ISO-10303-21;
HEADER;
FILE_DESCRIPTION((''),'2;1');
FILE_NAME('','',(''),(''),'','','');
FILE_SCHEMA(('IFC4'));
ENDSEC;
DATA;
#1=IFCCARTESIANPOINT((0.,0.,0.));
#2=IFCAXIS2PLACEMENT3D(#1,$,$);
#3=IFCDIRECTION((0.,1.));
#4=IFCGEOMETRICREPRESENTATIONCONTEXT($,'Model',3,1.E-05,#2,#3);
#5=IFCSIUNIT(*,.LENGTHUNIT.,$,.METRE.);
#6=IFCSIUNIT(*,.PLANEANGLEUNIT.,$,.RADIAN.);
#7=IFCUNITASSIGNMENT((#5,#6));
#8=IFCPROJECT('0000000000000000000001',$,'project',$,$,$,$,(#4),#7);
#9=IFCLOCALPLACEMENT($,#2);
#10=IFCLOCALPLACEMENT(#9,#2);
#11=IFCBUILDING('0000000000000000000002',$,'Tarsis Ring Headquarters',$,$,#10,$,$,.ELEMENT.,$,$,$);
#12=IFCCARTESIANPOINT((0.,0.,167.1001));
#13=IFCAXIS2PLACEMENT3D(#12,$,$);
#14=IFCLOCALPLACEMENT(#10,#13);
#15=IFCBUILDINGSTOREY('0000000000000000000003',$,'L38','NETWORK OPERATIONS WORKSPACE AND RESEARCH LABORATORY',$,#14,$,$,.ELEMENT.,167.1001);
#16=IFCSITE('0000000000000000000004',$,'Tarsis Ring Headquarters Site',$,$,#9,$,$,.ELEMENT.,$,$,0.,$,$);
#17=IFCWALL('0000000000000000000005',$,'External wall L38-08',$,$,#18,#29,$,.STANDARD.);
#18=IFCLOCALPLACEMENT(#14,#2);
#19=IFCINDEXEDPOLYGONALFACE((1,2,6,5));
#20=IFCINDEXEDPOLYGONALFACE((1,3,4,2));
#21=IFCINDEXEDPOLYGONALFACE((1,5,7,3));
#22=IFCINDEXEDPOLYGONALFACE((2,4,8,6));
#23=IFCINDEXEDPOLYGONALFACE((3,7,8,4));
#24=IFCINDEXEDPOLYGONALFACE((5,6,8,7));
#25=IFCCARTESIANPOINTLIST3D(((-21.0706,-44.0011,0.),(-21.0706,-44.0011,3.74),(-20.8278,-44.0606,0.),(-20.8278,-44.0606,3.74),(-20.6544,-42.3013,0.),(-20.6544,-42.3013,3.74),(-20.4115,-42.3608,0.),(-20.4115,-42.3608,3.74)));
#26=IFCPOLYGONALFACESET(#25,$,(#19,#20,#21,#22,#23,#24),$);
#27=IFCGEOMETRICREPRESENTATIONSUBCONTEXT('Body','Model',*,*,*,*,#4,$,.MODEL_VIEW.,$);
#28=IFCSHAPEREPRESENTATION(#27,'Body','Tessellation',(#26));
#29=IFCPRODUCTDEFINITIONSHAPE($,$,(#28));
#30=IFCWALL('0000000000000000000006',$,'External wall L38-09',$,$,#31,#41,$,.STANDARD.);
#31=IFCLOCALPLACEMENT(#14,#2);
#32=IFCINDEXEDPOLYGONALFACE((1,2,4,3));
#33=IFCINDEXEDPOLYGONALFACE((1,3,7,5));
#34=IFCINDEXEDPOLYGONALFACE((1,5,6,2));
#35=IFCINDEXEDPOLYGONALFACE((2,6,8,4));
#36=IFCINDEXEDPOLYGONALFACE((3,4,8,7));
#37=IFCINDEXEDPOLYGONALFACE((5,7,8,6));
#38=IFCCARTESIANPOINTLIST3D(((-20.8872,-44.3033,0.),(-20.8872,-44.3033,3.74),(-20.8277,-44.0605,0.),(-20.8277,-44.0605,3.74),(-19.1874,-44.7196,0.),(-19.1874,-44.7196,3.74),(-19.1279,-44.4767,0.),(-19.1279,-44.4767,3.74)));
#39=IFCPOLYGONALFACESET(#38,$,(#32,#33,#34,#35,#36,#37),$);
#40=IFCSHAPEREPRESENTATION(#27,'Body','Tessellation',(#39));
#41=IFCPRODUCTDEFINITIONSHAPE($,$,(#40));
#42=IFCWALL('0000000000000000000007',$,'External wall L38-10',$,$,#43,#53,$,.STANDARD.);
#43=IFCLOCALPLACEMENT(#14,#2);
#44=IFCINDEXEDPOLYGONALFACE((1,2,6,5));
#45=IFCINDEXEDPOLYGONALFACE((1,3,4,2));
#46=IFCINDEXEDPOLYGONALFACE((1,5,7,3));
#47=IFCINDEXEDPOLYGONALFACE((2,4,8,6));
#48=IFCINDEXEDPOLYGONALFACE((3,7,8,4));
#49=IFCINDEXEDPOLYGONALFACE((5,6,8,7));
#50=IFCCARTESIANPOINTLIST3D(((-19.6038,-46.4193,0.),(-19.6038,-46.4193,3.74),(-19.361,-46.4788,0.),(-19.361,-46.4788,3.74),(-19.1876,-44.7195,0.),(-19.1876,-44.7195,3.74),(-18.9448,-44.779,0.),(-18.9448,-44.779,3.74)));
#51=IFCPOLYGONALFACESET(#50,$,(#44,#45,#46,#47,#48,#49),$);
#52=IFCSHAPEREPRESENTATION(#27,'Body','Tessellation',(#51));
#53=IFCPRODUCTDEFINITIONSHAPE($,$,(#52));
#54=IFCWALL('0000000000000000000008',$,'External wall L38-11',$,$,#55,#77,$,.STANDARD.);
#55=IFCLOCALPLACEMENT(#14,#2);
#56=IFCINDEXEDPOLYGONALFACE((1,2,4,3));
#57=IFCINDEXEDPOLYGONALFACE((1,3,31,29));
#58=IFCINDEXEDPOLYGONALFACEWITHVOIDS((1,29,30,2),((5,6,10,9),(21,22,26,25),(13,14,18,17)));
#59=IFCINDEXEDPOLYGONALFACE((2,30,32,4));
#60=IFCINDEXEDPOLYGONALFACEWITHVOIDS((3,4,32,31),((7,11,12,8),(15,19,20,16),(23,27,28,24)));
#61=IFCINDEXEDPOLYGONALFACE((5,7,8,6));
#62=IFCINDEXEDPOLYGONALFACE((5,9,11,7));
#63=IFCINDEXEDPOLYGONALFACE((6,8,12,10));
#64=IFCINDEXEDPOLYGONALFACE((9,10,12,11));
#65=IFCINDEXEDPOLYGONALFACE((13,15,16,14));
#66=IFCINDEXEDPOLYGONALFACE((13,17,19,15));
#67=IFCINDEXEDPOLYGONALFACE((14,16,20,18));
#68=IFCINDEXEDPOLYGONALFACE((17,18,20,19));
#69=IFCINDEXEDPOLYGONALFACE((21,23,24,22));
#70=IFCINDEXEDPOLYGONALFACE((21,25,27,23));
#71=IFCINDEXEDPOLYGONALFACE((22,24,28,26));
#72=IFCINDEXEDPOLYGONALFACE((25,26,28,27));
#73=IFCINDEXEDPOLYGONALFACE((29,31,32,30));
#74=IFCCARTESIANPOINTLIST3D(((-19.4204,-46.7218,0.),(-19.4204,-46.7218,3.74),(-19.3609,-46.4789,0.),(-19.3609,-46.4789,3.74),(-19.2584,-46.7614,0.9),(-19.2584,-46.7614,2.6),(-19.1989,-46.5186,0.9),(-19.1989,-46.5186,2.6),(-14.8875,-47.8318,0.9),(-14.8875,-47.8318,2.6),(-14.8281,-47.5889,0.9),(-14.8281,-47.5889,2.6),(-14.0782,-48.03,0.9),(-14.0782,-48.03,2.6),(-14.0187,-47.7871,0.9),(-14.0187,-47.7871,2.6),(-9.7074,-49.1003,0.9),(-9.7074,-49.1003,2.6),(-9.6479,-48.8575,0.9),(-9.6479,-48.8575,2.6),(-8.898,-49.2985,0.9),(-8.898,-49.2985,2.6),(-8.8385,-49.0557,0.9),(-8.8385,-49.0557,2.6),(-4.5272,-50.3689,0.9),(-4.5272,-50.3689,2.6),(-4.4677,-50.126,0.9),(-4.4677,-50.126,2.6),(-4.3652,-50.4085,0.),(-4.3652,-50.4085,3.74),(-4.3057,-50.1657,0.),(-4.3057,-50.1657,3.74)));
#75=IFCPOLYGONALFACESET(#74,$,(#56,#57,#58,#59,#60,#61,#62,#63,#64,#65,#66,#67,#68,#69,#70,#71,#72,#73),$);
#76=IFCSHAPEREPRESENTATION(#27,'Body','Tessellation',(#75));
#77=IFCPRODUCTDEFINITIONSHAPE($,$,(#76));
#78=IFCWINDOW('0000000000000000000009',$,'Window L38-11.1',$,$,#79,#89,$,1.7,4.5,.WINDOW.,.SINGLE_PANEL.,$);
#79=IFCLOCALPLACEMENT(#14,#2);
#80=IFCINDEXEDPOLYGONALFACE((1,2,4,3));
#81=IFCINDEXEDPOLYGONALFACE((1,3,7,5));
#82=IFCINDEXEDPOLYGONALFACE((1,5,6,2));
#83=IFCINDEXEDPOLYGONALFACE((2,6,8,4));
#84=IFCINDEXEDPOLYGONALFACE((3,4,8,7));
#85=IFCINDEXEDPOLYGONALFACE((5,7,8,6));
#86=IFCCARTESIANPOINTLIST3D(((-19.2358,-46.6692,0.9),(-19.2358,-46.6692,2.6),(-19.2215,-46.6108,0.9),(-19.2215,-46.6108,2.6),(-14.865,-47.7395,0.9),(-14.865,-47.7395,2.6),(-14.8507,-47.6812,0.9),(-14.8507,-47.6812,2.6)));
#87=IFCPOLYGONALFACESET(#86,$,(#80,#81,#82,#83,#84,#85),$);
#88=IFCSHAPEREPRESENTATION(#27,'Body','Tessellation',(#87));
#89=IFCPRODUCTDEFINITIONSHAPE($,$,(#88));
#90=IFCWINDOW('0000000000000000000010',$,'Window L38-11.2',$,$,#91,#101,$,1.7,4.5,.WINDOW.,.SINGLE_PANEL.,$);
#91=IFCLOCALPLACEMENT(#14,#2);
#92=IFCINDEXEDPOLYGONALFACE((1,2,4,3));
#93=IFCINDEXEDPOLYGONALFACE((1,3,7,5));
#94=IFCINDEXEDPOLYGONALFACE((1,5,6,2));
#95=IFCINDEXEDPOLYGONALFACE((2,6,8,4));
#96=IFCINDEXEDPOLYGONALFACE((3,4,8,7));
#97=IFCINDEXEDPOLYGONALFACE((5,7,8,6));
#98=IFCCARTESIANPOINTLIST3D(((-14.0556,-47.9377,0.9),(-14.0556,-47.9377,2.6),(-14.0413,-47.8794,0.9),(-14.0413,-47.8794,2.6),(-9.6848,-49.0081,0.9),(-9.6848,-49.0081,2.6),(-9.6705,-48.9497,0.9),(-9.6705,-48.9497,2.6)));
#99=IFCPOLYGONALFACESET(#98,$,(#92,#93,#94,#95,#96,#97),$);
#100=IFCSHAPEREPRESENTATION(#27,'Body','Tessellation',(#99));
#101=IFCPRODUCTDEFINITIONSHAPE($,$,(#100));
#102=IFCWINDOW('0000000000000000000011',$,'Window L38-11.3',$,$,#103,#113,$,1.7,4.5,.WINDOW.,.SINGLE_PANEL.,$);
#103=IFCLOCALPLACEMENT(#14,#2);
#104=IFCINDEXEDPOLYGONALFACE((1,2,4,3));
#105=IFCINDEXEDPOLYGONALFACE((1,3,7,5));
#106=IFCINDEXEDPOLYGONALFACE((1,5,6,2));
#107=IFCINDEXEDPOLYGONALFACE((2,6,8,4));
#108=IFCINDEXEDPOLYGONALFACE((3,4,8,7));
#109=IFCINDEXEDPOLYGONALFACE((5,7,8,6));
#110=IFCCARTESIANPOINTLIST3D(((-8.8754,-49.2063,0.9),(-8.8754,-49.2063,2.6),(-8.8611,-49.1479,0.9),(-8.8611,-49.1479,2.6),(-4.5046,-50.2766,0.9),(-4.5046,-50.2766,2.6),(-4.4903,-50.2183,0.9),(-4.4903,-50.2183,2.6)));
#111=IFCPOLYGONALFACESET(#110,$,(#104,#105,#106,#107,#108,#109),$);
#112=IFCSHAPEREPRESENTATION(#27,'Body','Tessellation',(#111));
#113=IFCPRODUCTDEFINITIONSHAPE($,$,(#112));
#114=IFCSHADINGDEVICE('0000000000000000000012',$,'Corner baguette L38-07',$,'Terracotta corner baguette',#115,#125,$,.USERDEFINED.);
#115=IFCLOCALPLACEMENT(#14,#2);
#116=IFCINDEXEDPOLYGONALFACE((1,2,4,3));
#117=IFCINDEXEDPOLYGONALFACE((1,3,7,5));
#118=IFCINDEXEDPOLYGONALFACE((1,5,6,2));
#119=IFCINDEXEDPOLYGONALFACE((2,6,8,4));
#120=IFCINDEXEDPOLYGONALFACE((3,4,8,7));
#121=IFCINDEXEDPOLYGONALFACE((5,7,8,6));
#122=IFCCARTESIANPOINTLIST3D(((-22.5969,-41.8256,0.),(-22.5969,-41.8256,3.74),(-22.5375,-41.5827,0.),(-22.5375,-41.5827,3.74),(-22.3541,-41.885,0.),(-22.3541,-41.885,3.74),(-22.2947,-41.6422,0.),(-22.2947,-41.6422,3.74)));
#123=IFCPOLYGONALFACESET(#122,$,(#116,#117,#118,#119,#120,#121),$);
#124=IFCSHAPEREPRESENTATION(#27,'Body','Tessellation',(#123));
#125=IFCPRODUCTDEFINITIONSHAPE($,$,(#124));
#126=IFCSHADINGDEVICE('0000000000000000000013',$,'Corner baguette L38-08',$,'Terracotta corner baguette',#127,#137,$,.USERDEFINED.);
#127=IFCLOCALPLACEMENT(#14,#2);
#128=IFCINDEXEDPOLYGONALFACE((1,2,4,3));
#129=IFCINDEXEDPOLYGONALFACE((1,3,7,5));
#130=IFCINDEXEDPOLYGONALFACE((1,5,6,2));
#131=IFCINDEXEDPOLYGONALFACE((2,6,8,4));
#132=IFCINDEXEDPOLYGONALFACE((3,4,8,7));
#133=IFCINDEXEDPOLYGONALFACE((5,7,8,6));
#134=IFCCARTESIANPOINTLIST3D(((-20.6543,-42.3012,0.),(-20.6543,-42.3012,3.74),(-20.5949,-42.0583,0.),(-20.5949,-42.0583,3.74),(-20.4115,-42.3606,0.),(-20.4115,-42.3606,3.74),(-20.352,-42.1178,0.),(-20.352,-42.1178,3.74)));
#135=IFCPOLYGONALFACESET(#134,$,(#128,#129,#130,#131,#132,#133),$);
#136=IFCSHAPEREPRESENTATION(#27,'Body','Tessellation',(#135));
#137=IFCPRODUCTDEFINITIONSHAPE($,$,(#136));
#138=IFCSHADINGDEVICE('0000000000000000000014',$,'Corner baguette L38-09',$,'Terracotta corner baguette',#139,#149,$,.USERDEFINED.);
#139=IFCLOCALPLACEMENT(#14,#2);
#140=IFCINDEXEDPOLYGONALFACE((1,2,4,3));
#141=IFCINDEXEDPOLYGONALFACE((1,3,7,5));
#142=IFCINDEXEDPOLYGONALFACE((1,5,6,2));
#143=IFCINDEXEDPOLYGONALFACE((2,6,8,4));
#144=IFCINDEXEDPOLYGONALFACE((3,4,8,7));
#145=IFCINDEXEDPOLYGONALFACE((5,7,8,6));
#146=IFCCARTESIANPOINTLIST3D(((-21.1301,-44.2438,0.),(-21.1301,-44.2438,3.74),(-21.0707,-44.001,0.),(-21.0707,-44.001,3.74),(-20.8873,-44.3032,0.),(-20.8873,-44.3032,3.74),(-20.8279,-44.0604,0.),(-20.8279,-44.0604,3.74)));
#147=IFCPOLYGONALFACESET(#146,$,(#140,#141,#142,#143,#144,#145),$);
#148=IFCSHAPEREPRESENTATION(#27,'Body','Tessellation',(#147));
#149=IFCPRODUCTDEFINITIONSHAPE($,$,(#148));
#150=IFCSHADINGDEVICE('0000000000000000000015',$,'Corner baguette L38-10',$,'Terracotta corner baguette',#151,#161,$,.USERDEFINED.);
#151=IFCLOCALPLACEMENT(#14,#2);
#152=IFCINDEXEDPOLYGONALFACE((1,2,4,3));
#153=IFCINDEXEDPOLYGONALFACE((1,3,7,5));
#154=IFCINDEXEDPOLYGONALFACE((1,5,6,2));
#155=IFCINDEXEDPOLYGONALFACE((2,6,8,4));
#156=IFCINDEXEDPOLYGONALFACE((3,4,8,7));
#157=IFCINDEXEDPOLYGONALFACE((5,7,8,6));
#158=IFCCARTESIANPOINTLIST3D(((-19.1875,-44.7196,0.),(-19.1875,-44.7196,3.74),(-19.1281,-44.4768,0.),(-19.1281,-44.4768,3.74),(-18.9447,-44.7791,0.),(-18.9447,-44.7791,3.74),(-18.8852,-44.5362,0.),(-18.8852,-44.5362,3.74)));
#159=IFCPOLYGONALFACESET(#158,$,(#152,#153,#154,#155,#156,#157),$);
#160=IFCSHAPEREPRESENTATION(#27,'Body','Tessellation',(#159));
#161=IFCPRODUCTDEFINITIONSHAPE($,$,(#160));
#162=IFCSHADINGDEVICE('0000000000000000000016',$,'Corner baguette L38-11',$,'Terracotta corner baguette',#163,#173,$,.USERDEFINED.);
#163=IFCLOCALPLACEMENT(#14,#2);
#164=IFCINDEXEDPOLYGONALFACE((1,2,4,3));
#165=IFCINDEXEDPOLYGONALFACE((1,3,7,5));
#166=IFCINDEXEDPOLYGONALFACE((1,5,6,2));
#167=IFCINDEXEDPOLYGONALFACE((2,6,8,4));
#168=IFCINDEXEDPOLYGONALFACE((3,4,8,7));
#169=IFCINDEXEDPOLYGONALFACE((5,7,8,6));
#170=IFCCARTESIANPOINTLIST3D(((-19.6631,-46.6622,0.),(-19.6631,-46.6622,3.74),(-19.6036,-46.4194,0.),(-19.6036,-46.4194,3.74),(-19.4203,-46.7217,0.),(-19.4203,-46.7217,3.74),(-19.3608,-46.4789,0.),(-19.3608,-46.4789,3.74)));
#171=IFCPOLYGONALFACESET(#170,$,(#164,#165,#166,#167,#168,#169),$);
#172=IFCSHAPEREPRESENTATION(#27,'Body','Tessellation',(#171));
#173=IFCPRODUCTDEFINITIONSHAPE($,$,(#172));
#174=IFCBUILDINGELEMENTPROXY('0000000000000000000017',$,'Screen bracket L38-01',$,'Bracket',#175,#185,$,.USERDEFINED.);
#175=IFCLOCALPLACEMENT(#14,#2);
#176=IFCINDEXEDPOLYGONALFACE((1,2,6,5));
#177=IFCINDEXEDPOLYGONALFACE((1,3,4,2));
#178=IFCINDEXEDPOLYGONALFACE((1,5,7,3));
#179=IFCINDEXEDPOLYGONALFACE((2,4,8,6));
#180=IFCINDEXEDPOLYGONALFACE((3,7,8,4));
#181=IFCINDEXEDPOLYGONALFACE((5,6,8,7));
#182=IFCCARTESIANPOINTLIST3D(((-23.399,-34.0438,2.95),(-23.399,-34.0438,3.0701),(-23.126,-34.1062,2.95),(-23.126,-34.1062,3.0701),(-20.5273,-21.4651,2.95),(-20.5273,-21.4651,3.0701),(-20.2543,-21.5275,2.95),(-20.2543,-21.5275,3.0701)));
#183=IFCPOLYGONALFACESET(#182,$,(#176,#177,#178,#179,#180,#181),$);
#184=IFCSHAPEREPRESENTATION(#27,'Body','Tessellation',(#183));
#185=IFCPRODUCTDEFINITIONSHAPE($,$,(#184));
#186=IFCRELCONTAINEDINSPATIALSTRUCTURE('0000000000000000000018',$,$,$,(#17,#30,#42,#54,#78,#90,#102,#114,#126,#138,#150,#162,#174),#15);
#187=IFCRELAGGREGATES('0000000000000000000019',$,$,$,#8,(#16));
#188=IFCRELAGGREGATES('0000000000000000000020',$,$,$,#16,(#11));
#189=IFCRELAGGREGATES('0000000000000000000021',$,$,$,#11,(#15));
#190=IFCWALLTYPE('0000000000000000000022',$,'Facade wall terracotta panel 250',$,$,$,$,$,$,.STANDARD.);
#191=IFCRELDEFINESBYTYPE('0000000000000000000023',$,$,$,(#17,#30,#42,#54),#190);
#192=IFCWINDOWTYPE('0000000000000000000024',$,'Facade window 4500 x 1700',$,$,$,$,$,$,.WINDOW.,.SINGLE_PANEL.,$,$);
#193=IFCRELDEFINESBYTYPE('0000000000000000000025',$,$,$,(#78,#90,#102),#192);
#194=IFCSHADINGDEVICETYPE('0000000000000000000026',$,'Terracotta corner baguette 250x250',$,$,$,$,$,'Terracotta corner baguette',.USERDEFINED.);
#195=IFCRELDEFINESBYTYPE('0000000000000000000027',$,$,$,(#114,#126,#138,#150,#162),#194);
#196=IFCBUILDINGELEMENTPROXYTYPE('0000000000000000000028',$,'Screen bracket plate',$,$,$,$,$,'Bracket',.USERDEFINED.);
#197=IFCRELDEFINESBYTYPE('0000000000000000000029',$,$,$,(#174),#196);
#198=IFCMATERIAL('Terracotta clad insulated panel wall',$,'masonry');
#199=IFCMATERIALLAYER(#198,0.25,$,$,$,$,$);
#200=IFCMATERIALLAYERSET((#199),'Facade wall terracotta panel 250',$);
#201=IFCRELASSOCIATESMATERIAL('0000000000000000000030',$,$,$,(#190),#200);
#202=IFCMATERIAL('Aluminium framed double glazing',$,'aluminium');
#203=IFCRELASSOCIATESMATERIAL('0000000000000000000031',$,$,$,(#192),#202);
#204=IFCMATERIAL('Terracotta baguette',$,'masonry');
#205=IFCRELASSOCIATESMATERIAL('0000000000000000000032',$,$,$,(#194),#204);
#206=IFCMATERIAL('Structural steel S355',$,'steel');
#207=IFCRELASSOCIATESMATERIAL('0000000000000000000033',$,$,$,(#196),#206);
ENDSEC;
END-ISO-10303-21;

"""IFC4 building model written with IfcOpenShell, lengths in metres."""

from ifc_helpers import new_model, si_unit, direction, frame, frame_2d, origin, origin_2d, place, context, subcontext, project, spatial, rectangle, extrude, material, layer, layer_set, type_object, element, fill, save


model = new_model("IFC4")

# Units and contexts
model_context = context("Model", 3, precision=1e-05, world=origin(), true_north=direction((0.0, 1.0)))
body_context = subcontext(model_context, "Body", "Model", "MODEL_VIEW")
ifc_project = project(units=[si_unit("LENGTHUNIT", "METRE"), si_unit("PLANEANGLEUNIT", "RADIAN")], contexts=[model_context])

# Site, building, storey
site_placement = place(None, origin())
site = spatial("IfcSite", under=ifc_project, at=site_placement, Name="Tarsis Ring Headquarters Site", CompositionType="ELEMENT", RefElevation=0.0)
building_placement = place(site_placement, origin())
building = spatial("IfcBuilding", under=site, at=building_placement, Name="Tarsis Ring Headquarters", CompositionType="ELEMENT")
storey_placement = place(building_placement, frame((0.0, 0.0, 167.1001)))
storey = spatial("IfcBuildingStorey", under=building, at=storey_placement, Name="L38", Description="NETWORK OPERATIONS WORKSPACE AND RESEARCH LABORATORY", CompositionType="ELEMENT", Elevation=167.1001)

# Shared definitions
ifc_material_1 = material(Name="Structural steel S355", Category="steel")

# Walls
ifc_material_2 = material(Name="Terracotta clad insulated panel wall", Category="masonry")
ifc_layer_1 = layer(ifc_material_2, 0.25)
ifc_layer_set_1 = layer_set([ifc_layer_1], Name="Facade wall terracotta panel 250")
wall_type_1 = type_object("IfcWallType", Name="Facade wall terracotta panel 250", PredefinedType="STANDARD", material=ifc_layer_set_1)
for number, where, z_axis, x_axis, name in (
    (1, (-20.533, -42.3311, 0.0), (0.0, 0.0, 1.0), (-0.237871, -0.971297, 0.0), "External wall L38-08"),
    (2, (-20.8574, -44.1819, 0.0), (0.0, 0.0, 1.0), (0.971297, -0.237871, 0.0), "External wall L38-09"),
    (3, (-19.0662, -44.7493, 0.0), (0.0, 0.0, 1.0), (-0.237871, -0.971297, 0.0), "External wall L38-10"),
):
    element("IfcWall", number, at=place(storey_placement, frame(where, z_axis=z_axis, x_axis=x_axis)), inside=storey, type_object=wall_type_1, Name=name, PredefinedType="STANDARD", context=body_context, shape_type="SweptSolid", body=[
        extrude(rectangle(XDim=1.75, YDim=0.25, at=frame_2d((0.875, 0.0))), origin(), (0.0, 0.0, 1.0), 3.74),
    ])

# Wall, openings, windows
wall_1_placement = place(storey_placement, frame((-19.3906, -46.6003, 0.0), z_axis=(0.0, 0.0, 1.0), x_axis=(0.971301, -0.237856, 0.0)))
wall_1 = element("IfcWall", 4, at=wall_1_placement, inside=storey, type_object=wall_type_1, Name="External wall L38-11", PredefinedType="STANDARD", context=body_context, shape_type="SweptSolid", body=[
    extrude(rectangle(XDim=15.5, YDim=0.25, at=frame_2d((7.75, 0.0))), origin(), (0.0, 0.0, 1.0), 3.74),
])
opening_1_placement = place(wall_1_placement, frame((0.1667, 0.0, 0.8999)))
opening_1 = element("IfcOpeningElement", 5, at=opening_1_placement, cuts=wall_1, PredefinedType="OPENING", context=body_context, shape_type="SweptSolid", body=[
    extrude(rectangle(XDim=4.5, YDim=1.7, at=frame_2d((2.25, 0.8501))), frame((0.0, 0.135, 0.0), z_axis=(0.0, -1.0, 0.0), x_axis=(1.0, 0.0, 0.0)), (0.0, 0.0, 1.0), 0.27),
])
opening_2_placement = place(wall_1_placement, frame((5.5, 0.0, 0.8999)))
opening_2 = element("IfcOpeningElement", 6, at=opening_2_placement, cuts=wall_1, PredefinedType="OPENING", context=body_context, shape_type="SweptSolid", body=[
    extrude(rectangle(XDim=4.5, YDim=1.7, at=frame_2d((2.25, 0.8501))), frame((0.0, 0.135, 0.0), z_axis=(0.0, -1.0, 0.0), x_axis=(1.0, 0.0, 0.0)), (0.0, 0.0, 1.0), 0.27),
])
opening_3_placement = place(wall_1_placement, frame((10.8333, 0.0, 0.8999)))
opening_3 = element("IfcOpeningElement", 7, at=opening_3_placement, cuts=wall_1, PredefinedType="OPENING", context=body_context, shape_type="SweptSolid", body=[
    extrude(rectangle(XDim=4.5, YDim=1.7, at=frame_2d((2.25, 0.8501))), frame((0.0, 0.135, 0.0), z_axis=(0.0, -1.0, 0.0), x_axis=(1.0, 0.0, 0.0)), (0.0, 0.0, 1.0), 0.27),
])
ifc_material_3 = material(Name="Aluminium framed double glazing", Category="aluminium")
window_type = type_object("IfcWindowType", Name="Facade window 4500 x 1700", PartitioningType="SINGLE_PANEL", PredefinedType="WINDOW", material=ifc_material_3)
window_1_placement = place(opening_1_placement, origin())
window_1 = element("IfcWindow", 8, at=window_1_placement, inside=storey, type_object=window_type, Name="Window L38-11.1", OverallHeight=1.7, OverallWidth=4.5, PartitioningType="SINGLE_PANEL", PredefinedType="WINDOW", context=body_context, shape_type="SweptSolid", body=[
    extrude(rectangle(XDim=4.5, YDim=1.7, at=frame_2d((2.25, 0.8501))), frame((0.0, 0.03, 0.0), z_axis=(0.0, -1.0, 0.0), x_axis=(1.0, 0.0, 0.0)), (0.0, 0.0, 1.0), 0.0601),
])
fill(opening_1, window_1)
window_2_placement = place(opening_2_placement, origin())
window_2 = element("IfcWindow", 9, at=window_2_placement, inside=storey, type_object=window_type, Name="Window L38-11.2", OverallHeight=1.7, OverallWidth=4.5, PartitioningType="SINGLE_PANEL", PredefinedType="WINDOW", context=body_context, shape_type="SweptSolid", body=[
    extrude(rectangle(XDim=4.5, YDim=1.7, at=frame_2d((2.25, 0.8501))), frame((0.0, 0.03, 0.0), z_axis=(0.0, -1.0, 0.0), x_axis=(1.0, 0.0, 0.0)), (0.0, 0.0, 1.0), 0.0601),
])
fill(opening_2, window_2)
window_3_placement = place(opening_3_placement, origin())
window_3 = element("IfcWindow", 10, at=window_3_placement, inside=storey, type_object=window_type, Name="Window L38-11.3", OverallHeight=1.7, OverallWidth=4.5, PartitioningType="SINGLE_PANEL", PredefinedType="WINDOW", context=body_context, shape_type="SweptSolid", body=[
    extrude(rectangle(XDim=4.5, YDim=1.7, at=frame_2d((2.25, 0.8501))), frame((0.0, 0.03, 0.0), z_axis=(0.0, -1.0, 0.0), x_axis=(1.0, 0.0, 0.0)), (0.0, 0.0, 1.0), 0.0601),
])
fill(opening_3, window_3)

# Shading devices
ifc_material_4 = material(Name="Terracotta baguette", Category="masonry")
shading_device_type_1 = type_object("IfcShadingDeviceType", Name="Terracotta corner baguette 250x250", ElementType="Terracotta corner baguette", PredefinedType="USERDEFINED", material=ifc_material_4)
for number, where, z_axis, x_axis, name in (
    (11, (-22.4458, -41.7339, 0.0), (0.0, 0.0, 1.0), (-0.237855, -0.971301, 0.0), "Corner baguette L38-07"),
    (12, (-20.5032, -42.2095, 0.0), (0.0, 0.0, 1.0), (0.971301, -0.237856, 0.0), "Corner baguette L38-08"),
    (13, (-20.979, -44.1521, 0.0), (0.0, 0.0, 1.0), (-0.237856, -0.971301, 0.0), "Corner baguette L38-09"),
    (14, (-19.0364, -44.6279, 0.0), (0.0, 0.0, 1.0), (0.971301, -0.237856, 0.0), "Corner baguette L38-10"),
    (15, (-19.512, -46.5706, 0.0), (0.0, 0.0, 1.0), (-0.237856, -0.971301, 0.0), "Corner baguette L38-11"),
):
    element("IfcShadingDevice", number, at=place(storey_placement, frame(where, z_axis=z_axis, x_axis=x_axis)), inside=storey, type_object=shading_device_type_1, Name=name, ObjectType="Terracotta corner baguette", PredefinedType="USERDEFINED", context=body_context, shape_type="SweptSolid", body=[
        extrude(rectangle(XDim=0.25, YDim=0.25, at=origin_2d()), origin(), (0.0, 0.0, 1.0), 3.74),
    ])

# Building element proxy
building_element_proxy_type = type_object("IfcBuildingElementProxyType", Name="Screen bracket plate", ElementType="Bracket", PredefinedType="USERDEFINED", material=ifc_material_1)
proxy_placement = place(storey_placement, frame((-21.8267, -27.7856, 2.95), z_axis=(0.0, 0.0, 1.0), x_axis=(-0.22257, -0.974917, 0.0)))
element("IfcBuildingElementProxy", 16, at=proxy_placement, inside=storey, type_object=building_element_proxy_type, Name="Screen bracket L38-01", ObjectType="Bracket", PredefinedType="USERDEFINED", context=body_context, shape_type="SweptSolid", body=[
    extrude(rectangle(XDim=12.9023, YDim=0.28, at=origin_2d()), origin(), (0.0, 0.0, 1.0), 0.1201),
])

save(model, "model.ifc")
